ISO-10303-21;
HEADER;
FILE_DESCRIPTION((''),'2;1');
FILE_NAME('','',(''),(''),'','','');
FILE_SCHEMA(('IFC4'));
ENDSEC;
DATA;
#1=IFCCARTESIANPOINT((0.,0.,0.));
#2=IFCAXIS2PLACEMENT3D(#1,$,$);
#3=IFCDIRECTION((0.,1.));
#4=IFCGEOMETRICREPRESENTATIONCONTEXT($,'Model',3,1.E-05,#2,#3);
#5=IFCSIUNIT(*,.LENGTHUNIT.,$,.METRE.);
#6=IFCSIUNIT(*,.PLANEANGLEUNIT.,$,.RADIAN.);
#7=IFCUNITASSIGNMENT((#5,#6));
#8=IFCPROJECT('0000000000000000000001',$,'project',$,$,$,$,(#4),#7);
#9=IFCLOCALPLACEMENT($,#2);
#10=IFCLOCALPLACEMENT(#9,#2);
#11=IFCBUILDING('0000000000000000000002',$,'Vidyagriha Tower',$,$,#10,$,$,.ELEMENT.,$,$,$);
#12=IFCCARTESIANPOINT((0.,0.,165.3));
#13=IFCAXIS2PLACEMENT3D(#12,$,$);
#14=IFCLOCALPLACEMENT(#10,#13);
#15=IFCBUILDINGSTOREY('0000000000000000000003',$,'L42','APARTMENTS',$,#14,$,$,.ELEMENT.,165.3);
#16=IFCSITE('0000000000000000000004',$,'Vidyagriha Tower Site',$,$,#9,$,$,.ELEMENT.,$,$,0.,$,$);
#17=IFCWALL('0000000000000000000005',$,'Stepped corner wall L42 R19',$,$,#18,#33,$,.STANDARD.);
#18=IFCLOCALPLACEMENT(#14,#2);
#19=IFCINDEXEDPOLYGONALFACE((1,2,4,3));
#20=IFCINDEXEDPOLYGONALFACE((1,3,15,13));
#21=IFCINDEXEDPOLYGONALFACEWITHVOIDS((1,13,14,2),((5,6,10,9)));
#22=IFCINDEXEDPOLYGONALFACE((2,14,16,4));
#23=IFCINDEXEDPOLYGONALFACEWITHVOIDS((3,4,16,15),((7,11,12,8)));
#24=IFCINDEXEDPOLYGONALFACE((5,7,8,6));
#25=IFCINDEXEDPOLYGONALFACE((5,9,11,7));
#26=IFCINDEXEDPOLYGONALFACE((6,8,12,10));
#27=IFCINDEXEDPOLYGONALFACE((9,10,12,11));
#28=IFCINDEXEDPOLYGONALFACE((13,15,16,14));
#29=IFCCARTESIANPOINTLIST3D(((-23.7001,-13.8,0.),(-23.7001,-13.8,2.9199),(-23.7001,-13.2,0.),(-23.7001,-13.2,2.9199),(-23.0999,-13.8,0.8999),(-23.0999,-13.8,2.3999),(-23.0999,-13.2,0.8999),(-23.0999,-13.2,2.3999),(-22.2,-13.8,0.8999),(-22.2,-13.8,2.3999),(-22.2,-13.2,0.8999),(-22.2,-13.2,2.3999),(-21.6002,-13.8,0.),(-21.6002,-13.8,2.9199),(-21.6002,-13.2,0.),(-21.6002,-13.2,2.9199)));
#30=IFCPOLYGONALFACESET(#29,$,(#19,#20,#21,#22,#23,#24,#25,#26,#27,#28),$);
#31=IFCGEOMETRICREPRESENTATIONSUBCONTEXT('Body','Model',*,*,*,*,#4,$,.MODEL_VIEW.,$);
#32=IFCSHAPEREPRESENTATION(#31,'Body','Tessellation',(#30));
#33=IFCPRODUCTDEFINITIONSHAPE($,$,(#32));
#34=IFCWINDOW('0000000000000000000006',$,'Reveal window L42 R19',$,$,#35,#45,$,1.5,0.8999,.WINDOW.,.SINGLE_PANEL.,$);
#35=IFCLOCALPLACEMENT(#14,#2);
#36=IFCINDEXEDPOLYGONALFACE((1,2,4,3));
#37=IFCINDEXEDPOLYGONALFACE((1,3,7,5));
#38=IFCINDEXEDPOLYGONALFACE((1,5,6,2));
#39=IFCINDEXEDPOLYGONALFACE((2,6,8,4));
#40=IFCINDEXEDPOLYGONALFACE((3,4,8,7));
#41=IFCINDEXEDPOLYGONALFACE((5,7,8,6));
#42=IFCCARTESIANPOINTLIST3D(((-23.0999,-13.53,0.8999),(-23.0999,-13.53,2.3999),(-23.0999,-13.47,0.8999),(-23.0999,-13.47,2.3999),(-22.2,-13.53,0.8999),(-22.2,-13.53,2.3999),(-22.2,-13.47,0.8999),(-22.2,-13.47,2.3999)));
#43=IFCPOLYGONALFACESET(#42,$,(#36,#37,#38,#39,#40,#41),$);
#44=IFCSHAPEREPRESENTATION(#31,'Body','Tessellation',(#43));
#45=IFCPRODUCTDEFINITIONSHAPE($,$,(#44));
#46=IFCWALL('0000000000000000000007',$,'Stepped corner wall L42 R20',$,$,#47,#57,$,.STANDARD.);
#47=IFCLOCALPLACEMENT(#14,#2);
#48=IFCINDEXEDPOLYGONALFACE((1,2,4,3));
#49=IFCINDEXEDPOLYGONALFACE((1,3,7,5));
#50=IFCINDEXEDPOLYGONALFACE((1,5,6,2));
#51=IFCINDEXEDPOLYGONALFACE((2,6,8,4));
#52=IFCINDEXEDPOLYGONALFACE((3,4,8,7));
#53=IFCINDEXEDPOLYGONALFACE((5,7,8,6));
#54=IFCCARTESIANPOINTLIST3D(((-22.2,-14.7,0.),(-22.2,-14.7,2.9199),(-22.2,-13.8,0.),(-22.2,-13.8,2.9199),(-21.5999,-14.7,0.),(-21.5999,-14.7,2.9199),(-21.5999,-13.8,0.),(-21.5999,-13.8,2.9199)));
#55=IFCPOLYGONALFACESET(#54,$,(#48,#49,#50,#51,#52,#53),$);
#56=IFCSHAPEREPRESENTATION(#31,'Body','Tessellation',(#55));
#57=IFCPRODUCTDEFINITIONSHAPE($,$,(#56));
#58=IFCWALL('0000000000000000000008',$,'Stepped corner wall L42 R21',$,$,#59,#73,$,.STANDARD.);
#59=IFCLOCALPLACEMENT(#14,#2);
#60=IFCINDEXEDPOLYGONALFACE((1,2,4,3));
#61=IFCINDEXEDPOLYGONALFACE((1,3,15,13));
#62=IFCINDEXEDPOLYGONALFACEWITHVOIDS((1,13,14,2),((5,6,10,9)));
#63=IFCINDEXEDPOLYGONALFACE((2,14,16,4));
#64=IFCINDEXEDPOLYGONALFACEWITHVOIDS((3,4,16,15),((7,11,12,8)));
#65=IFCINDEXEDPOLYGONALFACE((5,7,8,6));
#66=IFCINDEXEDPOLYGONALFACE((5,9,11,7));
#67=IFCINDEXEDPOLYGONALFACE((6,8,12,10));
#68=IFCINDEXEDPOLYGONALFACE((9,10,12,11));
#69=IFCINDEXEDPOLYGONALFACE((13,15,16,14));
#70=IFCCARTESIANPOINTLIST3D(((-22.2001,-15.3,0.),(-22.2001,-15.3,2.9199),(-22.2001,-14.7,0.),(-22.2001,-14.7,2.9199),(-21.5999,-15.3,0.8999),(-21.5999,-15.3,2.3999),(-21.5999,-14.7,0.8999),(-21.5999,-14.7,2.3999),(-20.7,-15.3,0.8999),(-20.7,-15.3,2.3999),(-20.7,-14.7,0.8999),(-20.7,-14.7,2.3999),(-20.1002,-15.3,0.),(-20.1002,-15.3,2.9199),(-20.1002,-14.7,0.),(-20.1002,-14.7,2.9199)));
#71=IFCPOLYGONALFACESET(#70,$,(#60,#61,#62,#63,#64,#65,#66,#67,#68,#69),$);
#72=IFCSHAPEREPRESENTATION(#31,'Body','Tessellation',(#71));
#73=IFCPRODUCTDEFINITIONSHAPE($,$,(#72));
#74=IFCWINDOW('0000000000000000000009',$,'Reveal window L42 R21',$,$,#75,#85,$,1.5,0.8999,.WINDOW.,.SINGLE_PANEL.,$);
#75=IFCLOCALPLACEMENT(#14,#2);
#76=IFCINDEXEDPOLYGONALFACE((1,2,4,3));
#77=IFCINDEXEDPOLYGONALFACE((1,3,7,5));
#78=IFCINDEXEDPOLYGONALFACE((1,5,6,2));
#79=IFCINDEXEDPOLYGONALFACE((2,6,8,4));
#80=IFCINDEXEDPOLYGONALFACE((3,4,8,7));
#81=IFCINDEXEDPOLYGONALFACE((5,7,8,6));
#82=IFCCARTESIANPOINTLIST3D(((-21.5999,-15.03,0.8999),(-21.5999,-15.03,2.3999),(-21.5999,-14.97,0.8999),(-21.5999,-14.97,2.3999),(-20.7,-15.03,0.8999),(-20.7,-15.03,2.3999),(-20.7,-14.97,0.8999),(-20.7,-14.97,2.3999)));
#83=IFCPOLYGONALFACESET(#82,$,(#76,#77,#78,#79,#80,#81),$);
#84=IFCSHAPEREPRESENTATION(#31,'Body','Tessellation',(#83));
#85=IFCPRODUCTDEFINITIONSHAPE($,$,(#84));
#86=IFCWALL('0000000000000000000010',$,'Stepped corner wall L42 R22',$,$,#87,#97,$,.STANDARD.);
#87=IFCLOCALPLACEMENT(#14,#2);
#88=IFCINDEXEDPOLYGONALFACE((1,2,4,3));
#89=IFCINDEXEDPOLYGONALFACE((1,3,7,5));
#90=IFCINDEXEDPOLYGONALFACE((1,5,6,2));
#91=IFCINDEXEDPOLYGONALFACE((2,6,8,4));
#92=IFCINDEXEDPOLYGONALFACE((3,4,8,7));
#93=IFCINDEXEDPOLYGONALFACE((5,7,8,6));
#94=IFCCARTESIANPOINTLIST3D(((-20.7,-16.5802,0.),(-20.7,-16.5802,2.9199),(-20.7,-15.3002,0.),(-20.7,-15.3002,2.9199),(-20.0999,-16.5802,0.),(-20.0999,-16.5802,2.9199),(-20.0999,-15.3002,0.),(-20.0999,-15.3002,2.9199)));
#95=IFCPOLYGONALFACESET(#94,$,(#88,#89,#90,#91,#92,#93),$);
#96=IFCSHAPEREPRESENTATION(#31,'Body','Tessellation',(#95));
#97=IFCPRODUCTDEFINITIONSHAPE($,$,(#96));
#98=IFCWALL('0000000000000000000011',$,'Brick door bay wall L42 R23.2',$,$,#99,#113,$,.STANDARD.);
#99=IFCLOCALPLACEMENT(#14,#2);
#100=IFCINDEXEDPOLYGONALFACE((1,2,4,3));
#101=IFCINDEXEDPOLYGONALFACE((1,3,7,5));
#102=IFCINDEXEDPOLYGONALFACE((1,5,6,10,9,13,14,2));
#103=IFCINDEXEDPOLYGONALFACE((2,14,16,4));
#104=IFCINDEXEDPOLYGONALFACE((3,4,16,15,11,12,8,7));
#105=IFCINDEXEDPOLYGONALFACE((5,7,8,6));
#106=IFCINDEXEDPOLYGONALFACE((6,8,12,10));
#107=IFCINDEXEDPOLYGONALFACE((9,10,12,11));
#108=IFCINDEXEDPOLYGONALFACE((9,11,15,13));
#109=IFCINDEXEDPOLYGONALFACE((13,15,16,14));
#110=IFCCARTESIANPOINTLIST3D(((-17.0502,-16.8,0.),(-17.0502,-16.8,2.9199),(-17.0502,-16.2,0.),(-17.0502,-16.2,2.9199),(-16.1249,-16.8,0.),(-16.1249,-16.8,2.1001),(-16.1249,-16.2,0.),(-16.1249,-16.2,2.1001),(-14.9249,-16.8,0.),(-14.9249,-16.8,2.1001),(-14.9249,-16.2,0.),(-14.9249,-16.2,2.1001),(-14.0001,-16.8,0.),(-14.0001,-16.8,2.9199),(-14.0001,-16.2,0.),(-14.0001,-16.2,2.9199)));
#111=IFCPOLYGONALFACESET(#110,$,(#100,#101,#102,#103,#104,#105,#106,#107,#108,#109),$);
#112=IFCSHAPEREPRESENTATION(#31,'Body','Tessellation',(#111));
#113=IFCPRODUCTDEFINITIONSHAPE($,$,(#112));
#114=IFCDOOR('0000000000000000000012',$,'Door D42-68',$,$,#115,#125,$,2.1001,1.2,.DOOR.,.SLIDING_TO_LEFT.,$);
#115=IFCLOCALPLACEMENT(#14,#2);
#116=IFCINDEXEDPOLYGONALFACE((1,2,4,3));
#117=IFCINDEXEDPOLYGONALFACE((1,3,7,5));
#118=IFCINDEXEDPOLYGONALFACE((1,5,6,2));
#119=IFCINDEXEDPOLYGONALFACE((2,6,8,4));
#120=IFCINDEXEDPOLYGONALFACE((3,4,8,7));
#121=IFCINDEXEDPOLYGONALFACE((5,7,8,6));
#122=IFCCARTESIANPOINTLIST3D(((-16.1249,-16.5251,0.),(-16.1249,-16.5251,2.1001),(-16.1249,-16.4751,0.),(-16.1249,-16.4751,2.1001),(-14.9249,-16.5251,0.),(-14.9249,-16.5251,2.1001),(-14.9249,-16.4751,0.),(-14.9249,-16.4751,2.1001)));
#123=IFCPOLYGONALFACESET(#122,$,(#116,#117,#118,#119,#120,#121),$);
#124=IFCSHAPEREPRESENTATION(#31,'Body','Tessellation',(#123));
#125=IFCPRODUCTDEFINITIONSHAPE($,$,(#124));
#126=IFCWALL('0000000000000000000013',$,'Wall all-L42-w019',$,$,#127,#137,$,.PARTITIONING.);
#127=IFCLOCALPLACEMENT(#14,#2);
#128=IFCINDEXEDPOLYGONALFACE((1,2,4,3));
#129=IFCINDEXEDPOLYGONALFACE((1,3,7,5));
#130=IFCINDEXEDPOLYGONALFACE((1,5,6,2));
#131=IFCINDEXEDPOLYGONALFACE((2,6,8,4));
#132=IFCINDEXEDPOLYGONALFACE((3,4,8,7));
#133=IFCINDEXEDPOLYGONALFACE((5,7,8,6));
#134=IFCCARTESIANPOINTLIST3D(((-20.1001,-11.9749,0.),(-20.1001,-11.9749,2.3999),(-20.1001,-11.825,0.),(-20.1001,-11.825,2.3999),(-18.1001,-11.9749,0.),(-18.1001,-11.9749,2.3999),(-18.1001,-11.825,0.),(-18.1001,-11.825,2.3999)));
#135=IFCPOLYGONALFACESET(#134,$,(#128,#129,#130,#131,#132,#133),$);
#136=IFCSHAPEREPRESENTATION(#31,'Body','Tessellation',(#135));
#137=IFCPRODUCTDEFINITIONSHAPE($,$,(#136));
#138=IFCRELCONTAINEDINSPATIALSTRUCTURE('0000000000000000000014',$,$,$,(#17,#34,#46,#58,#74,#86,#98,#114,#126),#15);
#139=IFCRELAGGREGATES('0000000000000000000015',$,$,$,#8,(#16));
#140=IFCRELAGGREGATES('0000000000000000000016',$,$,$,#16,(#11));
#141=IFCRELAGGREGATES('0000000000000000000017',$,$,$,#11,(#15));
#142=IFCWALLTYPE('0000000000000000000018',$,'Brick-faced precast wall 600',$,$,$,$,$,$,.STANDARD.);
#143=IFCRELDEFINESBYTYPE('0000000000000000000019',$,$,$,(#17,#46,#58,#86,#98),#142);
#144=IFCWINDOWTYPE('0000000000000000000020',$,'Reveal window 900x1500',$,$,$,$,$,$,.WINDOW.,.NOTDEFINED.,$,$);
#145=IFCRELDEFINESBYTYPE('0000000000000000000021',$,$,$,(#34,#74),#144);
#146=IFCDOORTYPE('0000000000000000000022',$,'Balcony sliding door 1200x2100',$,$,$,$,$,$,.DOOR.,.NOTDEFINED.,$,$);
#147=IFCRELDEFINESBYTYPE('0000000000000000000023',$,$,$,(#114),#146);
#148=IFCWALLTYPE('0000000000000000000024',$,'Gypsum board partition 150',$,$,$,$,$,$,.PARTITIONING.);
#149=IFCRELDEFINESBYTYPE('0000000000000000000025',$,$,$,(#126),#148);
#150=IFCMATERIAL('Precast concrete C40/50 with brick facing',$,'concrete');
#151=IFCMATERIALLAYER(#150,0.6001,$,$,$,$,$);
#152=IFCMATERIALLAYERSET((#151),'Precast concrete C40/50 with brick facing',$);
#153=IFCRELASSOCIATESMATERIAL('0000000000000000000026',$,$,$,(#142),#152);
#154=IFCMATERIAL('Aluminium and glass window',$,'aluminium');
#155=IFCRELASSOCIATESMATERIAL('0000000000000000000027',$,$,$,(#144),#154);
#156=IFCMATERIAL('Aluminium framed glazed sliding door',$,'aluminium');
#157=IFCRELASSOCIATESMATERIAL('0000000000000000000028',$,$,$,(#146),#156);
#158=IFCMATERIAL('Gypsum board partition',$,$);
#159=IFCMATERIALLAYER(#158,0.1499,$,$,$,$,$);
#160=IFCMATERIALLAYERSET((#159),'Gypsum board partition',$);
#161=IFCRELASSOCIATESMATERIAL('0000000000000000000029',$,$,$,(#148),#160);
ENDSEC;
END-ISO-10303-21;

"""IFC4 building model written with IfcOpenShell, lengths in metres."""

from ifc_helpers import new_model, si_unit, direction, frame, frame_2d, origin, place, context, subcontext, project, spatial, rectangle, extrude, material, layer, layer_set, type_object, element, fill, save


model = new_model("IFC4")

# Units and contexts
model_context = context("Model", 3, precision=1e-05, world=origin(), true_north=direction((0.0, 1.0)))
body_context = subcontext(model_context, "Body", "Model", "MODEL_VIEW")
ifc_project = project(units=[si_unit("LENGTHUNIT", "METRE"), si_unit("PLANEANGLEUNIT", "RADIAN")], contexts=[model_context])

# Site, building, storey
site_placement = place(None, origin())
site = spatial("IfcSite", under=ifc_project, at=site_placement, Name="Vidyagriha Tower Site", CompositionType="ELEMENT", RefElevation=0.0)
building_placement = place(site_placement, origin())
building = spatial("IfcBuilding", under=site, at=building_placement, Name="Vidyagriha Tower", CompositionType="ELEMENT")
storey_placement = place(building_placement, frame((0.0, 0.0, 165.3)))
storey = spatial("IfcBuildingStorey", under=building, at=storey_placement, Name="L42", Description="APARTMENTS", CompositionType="ELEMENT", Elevation=165.3)

# Shared definitions
ifc_material_1 = material(Name="Precast concrete C40/50 with brick facing", Category="concrete")
ifc_layer_1 = layer(ifc_material_1, 0.6001)
ifc_layer_set_1 = layer_set([ifc_layer_1], Name="Precast concrete C40/50 with brick facing")
wall_type_1 = type_object("IfcWallType", Name="Brick-faced precast wall 600", PredefinedType="STANDARD", material=ifc_layer_set_1)
ifc_material_2 = material(Name="Aluminium and glass window", Category="aluminium")
window_type = type_object("IfcWindowType", Name="Reveal window 900x1500", PartitioningType="NOTDEFINED", PredefinedType="WINDOW", material=ifc_material_2)

# Wall, opening, window
wall_1_placement = place(storey_placement, frame((-23.7, -13.5, 0.0)))
wall_1 = element("IfcWall", 1, at=wall_1_placement, inside=storey, type_object=wall_type_1, Name="Stepped corner wall L42 R19", PredefinedType="STANDARD", context=body_context, shape_type="SweptSolid", body=[
    extrude(rectangle(XDim=2.0999, YDim=0.6001, at=frame_2d((1.0498, 0.0))), origin(), (0.0, 0.0, 1.0), 2.9199),
])
opening_1_placement = place(wall_1_placement, frame((0.6001, 0.0, 0.8999)))
opening_1 = element("IfcOpeningElement", 2, at=opening_1_placement, cuts=wall_1, PredefinedType="OPENING", context=body_context, shape_type="SweptSolid", body=[
    extrude(rectangle(XDim=0.8999, YDim=1.5, at=frame_2d((0.45, 0.75))), frame((0.0, 0.3101, 0.0), z_axis=(0.0, -1.0, 0.0), x_axis=(1.0, 0.0, 0.0)), (0.0, 0.0, 1.0), 0.6201),
])
window_1_placement = place(opening_1_placement, origin())
window_1 = element("IfcWindow", 3, at=window_1_placement, inside=storey, type_object=window_type, Name="Reveal window L42 R19", OverallHeight=1.5, OverallWidth=0.8999, PartitioningType="SINGLE_PANEL", PredefinedType="WINDOW", context=body_context, shape_type="SweptSolid", body=[
    extrude(rectangle(XDim=0.8999, YDim=1.5, at=frame_2d((0.45, 0.75))), frame((0.0, 0.03, 0.0), z_axis=(0.0, -1.0, 0.0), x_axis=(1.0, 0.0, 0.0)), (0.0, 0.0, 1.0), 0.0601),
])
fill(opening_1, window_1)

# Wall
wall_2_placement = place(storey_placement, frame((-21.8999, -13.8, 0.0), z_axis=(0.0, 0.0, 1.0), x_axis=(0.0, -1.0, 0.0)))
element("IfcWall", 4, at=wall_2_placement, inside=storey, type_object=wall_type_1, Name="Stepped corner wall L42 R20", PredefinedType="STANDARD", context=body_context, shape_type="SweptSolid", body=[
    extrude(rectangle(XDim=0.8999, YDim=0.6001, at=frame_2d((0.45, 0.0))), origin(), (0.0, 0.0, 1.0), 2.9199),
])

# Wall, opening, window
wall_3_placement = place(storey_placement, frame((-22.2, -15.0, 0.0)))
wall_3 = element("IfcWall", 5, at=wall_3_placement, inside=storey, type_object=wall_type_1, Name="Stepped corner wall L42 R21", PredefinedType="STANDARD", context=body_context, shape_type="SweptSolid", body=[
    extrude(rectangle(XDim=2.0999, YDim=0.6001, at=frame_2d((1.0498, 0.0))), origin(), (0.0, 0.0, 1.0), 2.9199),
])
opening_2_placement = place(wall_3_placement, frame((0.6001, 0.0, 0.8999)))
opening_2 = element("IfcOpeningElement", 6, at=opening_2_placement, cuts=wall_3, PredefinedType="OPENING", context=body_context, shape_type="SweptSolid", body=[
    extrude(rectangle(XDim=0.8999, YDim=1.5, at=frame_2d((0.45, 0.75))), frame((0.0, 0.3101, 0.0), z_axis=(0.0, -1.0, 0.0), x_axis=(1.0, 0.0, 0.0)), (0.0, 0.0, 1.0), 0.6201),
])
window_2_placement = place(opening_2_placement, origin())
window_2 = element("IfcWindow", 7, at=window_2_placement, inside=storey, type_object=window_type, Name="Reveal window L42 R21", OverallHeight=1.5, OverallWidth=0.8999, PartitioningType="SINGLE_PANEL", PredefinedType="WINDOW", context=body_context, shape_type="SweptSolid", body=[
    extrude(rectangle(XDim=0.8999, YDim=1.5, at=frame_2d((0.45, 0.75))), frame((0.0, 0.03, 0.0), z_axis=(0.0, -1.0, 0.0), x_axis=(1.0, 0.0, 0.0)), (0.0, 0.0, 1.0), 0.0601),
])
fill(opening_2, window_2)

# Wall
wall_4_placement = place(storey_placement, frame((-20.3999, -15.3, 0.0), z_axis=(0.0, 0.0, 1.0), x_axis=(0.0, -1.0, 0.0)))
element("IfcWall", 8, at=wall_4_placement, inside=storey, type_object=wall_type_1, Name="Stepped corner wall L42 R22", PredefinedType="STANDARD", context=body_context, shape_type="SweptSolid", body=[
    extrude(rectangle(XDim=1.28, YDim=0.6001, at=frame_2d((0.6401, 0.0))), origin(), (0.0, 0.0, 1.0), 2.9199),
])

# Wall, opening, door
wall_5_placement = place(storey_placement, frame((-17.05, -16.5, 0.0)))
wall_5 = element("IfcWall", 9, at=wall_5_placement, inside=storey, type_object=wall_type_1, Name="Brick door bay wall L42 R23.2", PredefinedType="STANDARD", context=body_context, shape_type="SweptSolid", body=[
    extrude(rectangle(XDim=3.05, YDim=0.6001, at=frame_2d((1.5249, 0.0))), origin(), (0.0, 0.0, 1.0), 2.9199),
])
opening_3_placement = place(wall_5_placement, frame((0.925, 0.0, 0.0)))
opening_3 = element("IfcOpeningElement", 10, at=opening_3_placement, cuts=wall_5, PredefinedType="OPENING", context=body_context, shape_type="SweptSolid", body=[
    extrude(rectangle(XDim=1.2, YDim=2.1001, at=frame_2d((0.6001, 1.05))), frame((0.0, 0.3101, 0.0), z_axis=(0.0, -1.0, 0.0), x_axis=(1.0, 0.0, 0.0)), (0.0, 0.0, 1.0), 0.6201),
])
ifc_material_3 = material(Name="Aluminium framed glazed sliding door", Category="aluminium")
door_type = type_object("IfcDoorType", Name="Balcony sliding door 1200x2100", OperationType="NOTDEFINED", PredefinedType="DOOR", material=ifc_material_3)
door_placement = place(opening_3_placement, origin())
door = element("IfcDoor", 11, at=door_placement, inside=storey, type_object=door_type, Name="Door D42-68", OperationType="SLIDING_TO_LEFT", OverallHeight=2.1001, OverallWidth=1.2, PredefinedType="DOOR", context=body_context, shape_type="SweptSolid", body=[
    extrude(rectangle(XDim=1.2, YDim=2.1001, at=frame_2d((0.6001, 1.05))), frame((0.0, 0.0249, 0.0), z_axis=(0.0, -1.0, 0.0), x_axis=(1.0, 0.0, 0.0)), (0.0, 0.0, 1.0), 0.05),
])
fill(opening_3, door)

# Wall
ifc_material_4 = material(Name="Gypsum board partition")
ifc_layer_2 = layer(ifc_material_4, 0.1499)
ifc_layer_set_2 = layer_set([ifc_layer_2], Name="Gypsum board partition")
wall_type_2 = type_object("IfcWallType", Name="Gypsum board partition 150", PredefinedType="PARTITIONING", material=ifc_layer_set_2)
wall_6_placement = place(storey_placement, frame((-18.1001, -11.8999, 0.0), z_axis=(0.0, 0.0, 1.0), x_axis=(-1.0, 0.0, 0.0)))
element("IfcWall", 12, at=wall_6_placement, inside=storey, type_object=wall_type_2, Name="Wall all-L42-w019", PredefinedType="PARTITIONING", context=body_context, shape_type="SweptSolid", body=[
    extrude(rectangle(XDim=2.0, YDim=0.1499, at=frame_2d((1.0, 0.0))), origin(), (0.0, 0.0, 1.0), 2.3999),
])

save(model, "model.ifc")
